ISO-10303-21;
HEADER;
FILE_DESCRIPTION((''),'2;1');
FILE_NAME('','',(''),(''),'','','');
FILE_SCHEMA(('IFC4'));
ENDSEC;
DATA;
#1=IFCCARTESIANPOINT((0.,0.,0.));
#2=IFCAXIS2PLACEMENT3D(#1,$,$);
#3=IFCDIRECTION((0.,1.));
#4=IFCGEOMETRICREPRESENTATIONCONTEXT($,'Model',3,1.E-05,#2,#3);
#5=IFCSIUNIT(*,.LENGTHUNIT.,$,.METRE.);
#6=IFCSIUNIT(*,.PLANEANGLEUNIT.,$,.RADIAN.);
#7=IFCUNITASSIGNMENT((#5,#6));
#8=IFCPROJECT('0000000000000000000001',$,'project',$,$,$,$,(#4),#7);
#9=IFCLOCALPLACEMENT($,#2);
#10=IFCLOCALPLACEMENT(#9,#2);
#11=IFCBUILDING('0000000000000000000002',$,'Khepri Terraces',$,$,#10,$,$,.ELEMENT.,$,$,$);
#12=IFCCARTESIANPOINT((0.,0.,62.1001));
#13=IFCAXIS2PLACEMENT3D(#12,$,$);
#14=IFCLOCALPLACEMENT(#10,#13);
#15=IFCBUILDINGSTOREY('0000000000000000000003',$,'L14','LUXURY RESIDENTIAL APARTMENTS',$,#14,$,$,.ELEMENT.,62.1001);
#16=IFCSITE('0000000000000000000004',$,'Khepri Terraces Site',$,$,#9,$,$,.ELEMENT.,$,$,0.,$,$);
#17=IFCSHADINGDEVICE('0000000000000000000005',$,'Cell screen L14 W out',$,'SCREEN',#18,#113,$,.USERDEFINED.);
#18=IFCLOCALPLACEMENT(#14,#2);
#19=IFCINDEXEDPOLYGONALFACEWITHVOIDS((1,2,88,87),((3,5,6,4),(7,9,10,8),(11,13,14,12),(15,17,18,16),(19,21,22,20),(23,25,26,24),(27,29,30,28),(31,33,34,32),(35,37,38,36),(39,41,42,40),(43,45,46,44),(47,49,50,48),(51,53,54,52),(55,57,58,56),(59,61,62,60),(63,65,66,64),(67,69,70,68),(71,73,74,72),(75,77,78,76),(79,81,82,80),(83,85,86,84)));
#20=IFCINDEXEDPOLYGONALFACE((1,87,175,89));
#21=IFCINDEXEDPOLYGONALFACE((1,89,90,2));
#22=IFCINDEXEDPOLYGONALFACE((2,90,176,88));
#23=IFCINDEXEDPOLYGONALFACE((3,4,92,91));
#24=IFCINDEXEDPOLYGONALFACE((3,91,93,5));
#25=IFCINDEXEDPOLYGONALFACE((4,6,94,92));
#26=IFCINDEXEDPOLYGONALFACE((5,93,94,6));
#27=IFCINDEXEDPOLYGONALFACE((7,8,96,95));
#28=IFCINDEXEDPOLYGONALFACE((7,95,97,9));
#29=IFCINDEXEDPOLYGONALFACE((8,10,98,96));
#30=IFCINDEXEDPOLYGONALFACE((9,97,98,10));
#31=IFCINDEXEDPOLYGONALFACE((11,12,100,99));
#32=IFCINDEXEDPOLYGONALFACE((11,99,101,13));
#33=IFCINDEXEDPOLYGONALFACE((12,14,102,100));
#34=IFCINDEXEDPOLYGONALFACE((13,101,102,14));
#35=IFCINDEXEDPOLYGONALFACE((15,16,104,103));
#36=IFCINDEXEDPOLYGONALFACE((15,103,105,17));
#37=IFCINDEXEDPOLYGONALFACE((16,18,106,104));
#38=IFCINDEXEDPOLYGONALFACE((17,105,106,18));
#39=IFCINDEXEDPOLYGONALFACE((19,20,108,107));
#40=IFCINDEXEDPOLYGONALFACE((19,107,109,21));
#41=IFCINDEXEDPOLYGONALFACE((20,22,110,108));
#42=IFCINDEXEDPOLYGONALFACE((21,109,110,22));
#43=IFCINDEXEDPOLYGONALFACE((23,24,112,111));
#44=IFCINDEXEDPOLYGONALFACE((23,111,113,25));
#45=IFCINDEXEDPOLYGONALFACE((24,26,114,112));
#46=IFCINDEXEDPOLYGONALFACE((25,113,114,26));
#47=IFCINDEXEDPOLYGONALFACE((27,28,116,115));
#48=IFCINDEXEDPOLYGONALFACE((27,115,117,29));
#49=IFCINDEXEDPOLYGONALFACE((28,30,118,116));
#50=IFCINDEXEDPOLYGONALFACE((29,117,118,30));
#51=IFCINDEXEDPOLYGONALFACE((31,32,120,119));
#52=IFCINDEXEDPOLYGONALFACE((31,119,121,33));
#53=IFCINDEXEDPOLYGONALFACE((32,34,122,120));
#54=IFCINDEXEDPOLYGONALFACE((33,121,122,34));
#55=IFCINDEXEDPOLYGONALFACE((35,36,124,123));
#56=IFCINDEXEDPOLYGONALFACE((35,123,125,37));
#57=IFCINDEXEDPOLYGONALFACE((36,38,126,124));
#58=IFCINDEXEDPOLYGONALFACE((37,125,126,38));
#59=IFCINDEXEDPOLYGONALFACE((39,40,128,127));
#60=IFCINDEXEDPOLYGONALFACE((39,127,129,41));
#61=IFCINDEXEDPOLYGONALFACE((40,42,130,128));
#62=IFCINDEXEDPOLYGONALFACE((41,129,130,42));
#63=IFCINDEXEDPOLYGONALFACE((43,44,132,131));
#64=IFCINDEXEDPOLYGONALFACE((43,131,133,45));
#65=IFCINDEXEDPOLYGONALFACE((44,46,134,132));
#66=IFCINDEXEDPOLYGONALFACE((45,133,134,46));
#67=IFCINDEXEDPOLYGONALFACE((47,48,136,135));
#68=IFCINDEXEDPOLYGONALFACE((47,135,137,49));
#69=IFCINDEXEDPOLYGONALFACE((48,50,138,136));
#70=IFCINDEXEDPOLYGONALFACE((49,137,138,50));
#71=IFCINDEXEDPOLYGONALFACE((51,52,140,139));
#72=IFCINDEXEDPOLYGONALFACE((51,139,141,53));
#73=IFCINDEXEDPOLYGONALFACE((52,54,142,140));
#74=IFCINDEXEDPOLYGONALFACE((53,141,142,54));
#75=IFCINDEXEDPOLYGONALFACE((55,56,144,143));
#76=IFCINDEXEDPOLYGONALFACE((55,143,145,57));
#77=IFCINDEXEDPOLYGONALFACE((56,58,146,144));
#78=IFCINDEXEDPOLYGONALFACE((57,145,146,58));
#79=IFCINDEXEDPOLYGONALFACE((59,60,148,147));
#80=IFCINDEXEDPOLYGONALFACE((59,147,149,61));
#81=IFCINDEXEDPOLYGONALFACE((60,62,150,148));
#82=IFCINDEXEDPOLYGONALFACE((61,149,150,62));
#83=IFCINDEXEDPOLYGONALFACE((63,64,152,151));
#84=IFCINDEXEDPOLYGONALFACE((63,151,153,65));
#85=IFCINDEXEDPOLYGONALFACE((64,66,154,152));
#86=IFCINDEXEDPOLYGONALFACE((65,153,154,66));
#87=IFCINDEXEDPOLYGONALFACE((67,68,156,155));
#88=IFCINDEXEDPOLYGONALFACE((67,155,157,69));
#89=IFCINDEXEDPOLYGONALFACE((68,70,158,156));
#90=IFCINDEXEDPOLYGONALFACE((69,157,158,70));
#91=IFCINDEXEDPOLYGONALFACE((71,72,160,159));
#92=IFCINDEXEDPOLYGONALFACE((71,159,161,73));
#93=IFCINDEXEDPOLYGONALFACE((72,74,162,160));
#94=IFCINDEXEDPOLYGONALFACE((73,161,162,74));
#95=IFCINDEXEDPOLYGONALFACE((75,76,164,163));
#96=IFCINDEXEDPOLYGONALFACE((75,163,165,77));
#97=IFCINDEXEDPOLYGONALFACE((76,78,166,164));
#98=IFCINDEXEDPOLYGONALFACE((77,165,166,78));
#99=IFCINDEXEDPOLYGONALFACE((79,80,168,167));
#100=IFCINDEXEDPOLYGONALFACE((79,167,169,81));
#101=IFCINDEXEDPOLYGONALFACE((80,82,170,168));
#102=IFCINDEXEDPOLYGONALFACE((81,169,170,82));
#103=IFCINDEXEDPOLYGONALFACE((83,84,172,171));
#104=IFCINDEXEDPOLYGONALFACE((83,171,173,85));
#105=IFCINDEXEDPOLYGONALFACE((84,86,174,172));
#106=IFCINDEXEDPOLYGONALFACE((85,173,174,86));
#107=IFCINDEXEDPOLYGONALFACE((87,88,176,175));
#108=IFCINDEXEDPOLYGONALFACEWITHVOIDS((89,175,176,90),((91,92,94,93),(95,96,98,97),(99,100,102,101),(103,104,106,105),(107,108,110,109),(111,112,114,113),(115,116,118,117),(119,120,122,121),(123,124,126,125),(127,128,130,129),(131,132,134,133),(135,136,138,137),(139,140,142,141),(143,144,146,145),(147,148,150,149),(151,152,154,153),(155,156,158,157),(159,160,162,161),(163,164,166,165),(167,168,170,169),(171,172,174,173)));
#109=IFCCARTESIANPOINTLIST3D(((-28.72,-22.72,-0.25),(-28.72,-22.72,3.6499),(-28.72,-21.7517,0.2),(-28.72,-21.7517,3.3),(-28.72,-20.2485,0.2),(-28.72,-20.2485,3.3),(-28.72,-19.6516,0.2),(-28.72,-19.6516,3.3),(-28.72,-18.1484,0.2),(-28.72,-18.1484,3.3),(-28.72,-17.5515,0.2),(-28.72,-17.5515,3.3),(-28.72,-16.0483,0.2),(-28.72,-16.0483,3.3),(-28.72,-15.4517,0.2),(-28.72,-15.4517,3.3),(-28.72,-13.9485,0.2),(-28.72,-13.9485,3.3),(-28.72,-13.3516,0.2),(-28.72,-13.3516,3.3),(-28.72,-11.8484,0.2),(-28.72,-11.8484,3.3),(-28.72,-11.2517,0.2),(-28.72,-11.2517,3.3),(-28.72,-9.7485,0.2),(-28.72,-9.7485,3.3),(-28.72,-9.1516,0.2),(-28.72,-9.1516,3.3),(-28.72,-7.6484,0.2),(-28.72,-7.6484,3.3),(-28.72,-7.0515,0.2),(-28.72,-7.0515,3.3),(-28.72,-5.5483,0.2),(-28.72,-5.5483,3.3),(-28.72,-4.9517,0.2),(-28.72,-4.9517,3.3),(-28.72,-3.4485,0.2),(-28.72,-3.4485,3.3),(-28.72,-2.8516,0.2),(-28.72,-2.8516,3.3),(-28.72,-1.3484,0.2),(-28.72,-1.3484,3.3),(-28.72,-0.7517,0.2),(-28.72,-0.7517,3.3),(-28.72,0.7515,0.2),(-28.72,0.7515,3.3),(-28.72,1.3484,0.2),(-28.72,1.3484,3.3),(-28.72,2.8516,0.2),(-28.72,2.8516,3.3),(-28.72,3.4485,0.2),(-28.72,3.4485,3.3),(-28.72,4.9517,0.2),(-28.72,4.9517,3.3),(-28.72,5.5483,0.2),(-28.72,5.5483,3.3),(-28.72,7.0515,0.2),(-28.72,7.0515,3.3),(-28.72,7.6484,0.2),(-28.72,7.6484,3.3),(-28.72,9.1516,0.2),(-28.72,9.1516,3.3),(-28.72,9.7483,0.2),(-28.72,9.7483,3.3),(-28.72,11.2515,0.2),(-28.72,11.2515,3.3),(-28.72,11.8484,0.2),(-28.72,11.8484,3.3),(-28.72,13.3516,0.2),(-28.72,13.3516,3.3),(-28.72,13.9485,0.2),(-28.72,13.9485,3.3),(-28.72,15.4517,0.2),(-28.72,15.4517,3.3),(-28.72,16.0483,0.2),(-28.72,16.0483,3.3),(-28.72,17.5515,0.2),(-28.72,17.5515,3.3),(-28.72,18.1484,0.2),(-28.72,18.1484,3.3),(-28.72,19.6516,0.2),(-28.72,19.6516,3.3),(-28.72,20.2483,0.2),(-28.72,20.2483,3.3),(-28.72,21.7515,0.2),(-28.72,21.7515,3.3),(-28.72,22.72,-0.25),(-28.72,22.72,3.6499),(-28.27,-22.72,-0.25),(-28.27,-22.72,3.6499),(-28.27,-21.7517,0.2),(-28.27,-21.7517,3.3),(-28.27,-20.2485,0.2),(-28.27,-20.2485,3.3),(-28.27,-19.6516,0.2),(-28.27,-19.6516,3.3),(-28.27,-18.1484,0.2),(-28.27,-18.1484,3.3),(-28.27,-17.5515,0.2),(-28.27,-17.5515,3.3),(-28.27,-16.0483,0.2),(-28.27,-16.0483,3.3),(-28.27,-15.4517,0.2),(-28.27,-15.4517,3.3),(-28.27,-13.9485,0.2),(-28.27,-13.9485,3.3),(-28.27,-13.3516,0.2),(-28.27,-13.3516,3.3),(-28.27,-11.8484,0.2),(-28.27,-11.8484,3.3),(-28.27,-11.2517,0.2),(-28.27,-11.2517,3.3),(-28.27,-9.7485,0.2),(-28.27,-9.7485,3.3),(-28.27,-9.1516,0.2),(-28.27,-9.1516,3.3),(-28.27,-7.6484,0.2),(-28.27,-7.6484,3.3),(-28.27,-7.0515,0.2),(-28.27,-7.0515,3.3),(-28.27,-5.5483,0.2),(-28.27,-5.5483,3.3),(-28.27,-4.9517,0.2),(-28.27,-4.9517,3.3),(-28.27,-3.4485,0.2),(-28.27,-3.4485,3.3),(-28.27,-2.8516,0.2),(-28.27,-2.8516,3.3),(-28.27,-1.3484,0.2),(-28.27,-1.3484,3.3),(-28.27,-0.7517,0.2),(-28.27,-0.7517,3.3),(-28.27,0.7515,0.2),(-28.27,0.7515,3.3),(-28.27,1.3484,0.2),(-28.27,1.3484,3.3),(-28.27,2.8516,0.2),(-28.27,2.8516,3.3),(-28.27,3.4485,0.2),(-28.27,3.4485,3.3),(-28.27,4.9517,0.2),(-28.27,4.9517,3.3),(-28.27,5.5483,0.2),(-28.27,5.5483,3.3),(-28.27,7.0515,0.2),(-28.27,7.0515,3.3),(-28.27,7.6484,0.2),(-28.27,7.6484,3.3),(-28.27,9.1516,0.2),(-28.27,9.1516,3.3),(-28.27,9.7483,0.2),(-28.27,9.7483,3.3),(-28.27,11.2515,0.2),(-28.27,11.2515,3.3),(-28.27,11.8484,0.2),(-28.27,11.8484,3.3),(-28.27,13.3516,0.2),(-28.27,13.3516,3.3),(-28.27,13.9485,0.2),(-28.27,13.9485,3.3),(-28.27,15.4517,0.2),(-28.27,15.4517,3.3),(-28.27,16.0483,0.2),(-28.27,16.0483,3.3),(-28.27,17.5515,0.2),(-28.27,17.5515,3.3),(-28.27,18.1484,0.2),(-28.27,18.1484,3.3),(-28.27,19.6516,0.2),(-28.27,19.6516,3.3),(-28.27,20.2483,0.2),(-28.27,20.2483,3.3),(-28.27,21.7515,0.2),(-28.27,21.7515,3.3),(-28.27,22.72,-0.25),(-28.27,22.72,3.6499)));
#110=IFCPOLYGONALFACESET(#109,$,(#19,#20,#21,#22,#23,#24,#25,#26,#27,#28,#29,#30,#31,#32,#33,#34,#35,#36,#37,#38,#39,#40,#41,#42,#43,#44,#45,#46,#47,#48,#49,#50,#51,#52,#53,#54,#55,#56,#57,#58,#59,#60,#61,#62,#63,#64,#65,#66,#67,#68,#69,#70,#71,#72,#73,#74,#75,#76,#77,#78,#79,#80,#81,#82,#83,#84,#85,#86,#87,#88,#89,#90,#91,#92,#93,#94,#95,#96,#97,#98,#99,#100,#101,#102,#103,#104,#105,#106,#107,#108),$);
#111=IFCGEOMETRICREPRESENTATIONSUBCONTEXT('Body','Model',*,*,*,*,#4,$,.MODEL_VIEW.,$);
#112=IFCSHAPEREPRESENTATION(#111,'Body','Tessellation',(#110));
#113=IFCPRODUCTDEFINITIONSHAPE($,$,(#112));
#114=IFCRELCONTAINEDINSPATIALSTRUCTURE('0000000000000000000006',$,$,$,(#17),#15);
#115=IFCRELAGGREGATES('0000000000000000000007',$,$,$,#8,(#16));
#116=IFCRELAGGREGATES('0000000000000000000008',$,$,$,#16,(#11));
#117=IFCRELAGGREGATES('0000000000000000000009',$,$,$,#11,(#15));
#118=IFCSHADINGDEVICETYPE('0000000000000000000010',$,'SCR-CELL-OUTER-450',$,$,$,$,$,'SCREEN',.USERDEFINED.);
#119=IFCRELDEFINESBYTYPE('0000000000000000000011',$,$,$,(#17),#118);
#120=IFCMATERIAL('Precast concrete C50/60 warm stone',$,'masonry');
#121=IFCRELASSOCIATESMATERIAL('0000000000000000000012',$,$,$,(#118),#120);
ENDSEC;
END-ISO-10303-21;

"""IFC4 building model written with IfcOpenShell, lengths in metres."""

from ifc_helpers import new_model, si_unit, direction, frame, origin, place, context, subcontext, project, spatial, polyline, outline, extrude, material, type_object, element, save


model = new_model("IFC4")

# Units and contexts
model_context = context("Model", 3, precision=1e-05, world=origin(), true_north=direction((0.0, 1.0)))
body_context = subcontext(model_context, "Body", "Model", "MODEL_VIEW")
ifc_project = project(units=[si_unit("LENGTHUNIT", "METRE"), si_unit("PLANEANGLEUNIT", "RADIAN")], contexts=[model_context])

# Site, building, storey
site_placement = place(None, origin())
site = spatial("IfcSite", under=ifc_project, at=site_placement, Name="Khepri Terraces Site", CompositionType="ELEMENT", RefElevation=0.0)
building_placement = place(site_placement, origin())
building = spatial("IfcBuilding", under=site, at=building_placement, Name="Khepri Terraces", CompositionType="ELEMENT")
storey_placement = place(building_placement, frame((0.0, 0.0, 62.1001)))
storey = spatial("IfcBuildingStorey", under=building, at=storey_placement, Name="L14", Description="LUXURY RESIDENTIAL APARTMENTS", CompositionType="ELEMENT", Elevation=62.1001)

# Shared definitions
ifc_material_1 = material(Name="Precast concrete C50/60 warm stone", Category="masonry")

# Shading device
shading_device_type_1 = type_object("IfcShadingDeviceType", Name="SCR-CELL-OUTER-450", ElementType="SCREEN", PredefinedType="USERDEFINED", material=ifc_material_1)
shading_device_1_placement = place(storey_placement, frame((-28.27, 22.72, -0.25), z_axis=(-1.0, 0.0, 0.0), x_axis=(0.0, -1.0, 0.0)))
element("IfcShadingDevice", 1, at=shading_device_1_placement, inside=storey, type_object=shading_device_type_1, Name="Cell screen L14 W out", ObjectType="SCREEN", PredefinedType="USERDEFINED", context=body_context, shape_type="SweptSolid", body=[
    extrude(outline(polyline([(0.0, 0.0), (45.4399, 0.0), (45.4399, 3.8999), (0.0, 3.8999), (0.0, 0.0)]), holes=[polyline([(0.9685, 0.45), (2.4717, 0.45), (2.4717, 3.55), (0.9685, 3.55), (0.9685, 0.45)]), polyline([(3.0684, 0.45), (4.5715, 0.45), (4.5715, 3.55), (3.0684, 3.55), (3.0684, 0.45)]), polyline([(5.1685, 0.45), (6.6716, 0.45), (6.6716, 3.55), (5.1685, 3.55), (5.1685, 0.45)]), polyline([(7.2683, 0.45), (8.7715, 0.45), (8.7715, 3.55), (7.2683, 3.55), (7.2683, 0.45)]), polyline([(9.3684, 0.45), (10.8716, 0.45), (10.8716, 3.55), (9.3684, 3.55), (9.3684, 0.45)]), polyline([(11.4685, 0.45), (12.9717, 0.45), (12.9717, 3.55), (11.4685, 3.55), (11.4685, 0.45)]), polyline([(13.5684, 0.45), (15.0715, 0.45), (15.0715, 3.55), (13.5684, 3.55), (13.5684, 0.45)]), polyline([(15.6685, 0.45), (17.1716, 0.45), (17.1716, 3.55), (15.6685, 3.55), (15.6685, 0.45)]), polyline([(17.7683, 0.45), (19.2715, 0.45), (19.2715, 3.55), (17.7683, 3.55), (17.7683, 0.45)]), polyline([(19.8684, 0.45), (21.3716, 0.45), (21.3716, 3.55), (19.8684, 3.55), (19.8684, 0.45)]), polyline([(21.9685, 0.45), (23.4717, 0.45), (23.4717, 3.55), (21.9685, 3.55), (21.9685, 0.45)]), polyline([(24.0684, 0.45), (25.5715, 0.45), (25.5715, 3.55), (24.0684, 3.55), (24.0684, 0.45)]), polyline([(26.1685, 0.45), (27.6716, 0.45), (27.6716, 3.55), (26.1685, 3.55), (26.1685, 0.45)]), polyline([(28.2683, 0.45), (29.7715, 0.45), (29.7715, 3.55), (28.2683, 3.55), (28.2683, 0.45)]), polyline([(30.3684, 0.45), (31.8716, 0.45), (31.8716, 3.55), (30.3684, 3.55), (30.3684, 0.45)]), polyline([(32.4685, 0.45), (33.9717, 0.45), (33.9717, 3.55), (32.4685, 3.55), (32.4685, 0.45)]), polyline([(34.5684, 0.45), (36.0715, 0.45), (36.0715, 3.55), (34.5684, 3.55), (34.5684, 0.45)]), polyline([(36.6685, 0.45), (38.1716, 0.45), (38.1716, 3.55), (36.6685, 3.55), (36.6685, 0.45)]), polyline([(38.7683, 0.45), (40.2715, 0.45), (40.2715, 3.55), (38.7683, 3.55), (38.7683, 0.45)]), polyline([(40.8684, 0.45), (42.3716, 0.45), (42.3716, 3.55), (40.8684, 3.55), (40.8684, 0.45)]), polyline([(42.9685, 0.45), (44.4717, 0.45), (44.4717, 3.55), (42.9685, 3.55), (42.9685, 0.45)])]), origin(), (0.0, 0.0, 1.0), 0.45),
])

save(model, "model.ifc")
